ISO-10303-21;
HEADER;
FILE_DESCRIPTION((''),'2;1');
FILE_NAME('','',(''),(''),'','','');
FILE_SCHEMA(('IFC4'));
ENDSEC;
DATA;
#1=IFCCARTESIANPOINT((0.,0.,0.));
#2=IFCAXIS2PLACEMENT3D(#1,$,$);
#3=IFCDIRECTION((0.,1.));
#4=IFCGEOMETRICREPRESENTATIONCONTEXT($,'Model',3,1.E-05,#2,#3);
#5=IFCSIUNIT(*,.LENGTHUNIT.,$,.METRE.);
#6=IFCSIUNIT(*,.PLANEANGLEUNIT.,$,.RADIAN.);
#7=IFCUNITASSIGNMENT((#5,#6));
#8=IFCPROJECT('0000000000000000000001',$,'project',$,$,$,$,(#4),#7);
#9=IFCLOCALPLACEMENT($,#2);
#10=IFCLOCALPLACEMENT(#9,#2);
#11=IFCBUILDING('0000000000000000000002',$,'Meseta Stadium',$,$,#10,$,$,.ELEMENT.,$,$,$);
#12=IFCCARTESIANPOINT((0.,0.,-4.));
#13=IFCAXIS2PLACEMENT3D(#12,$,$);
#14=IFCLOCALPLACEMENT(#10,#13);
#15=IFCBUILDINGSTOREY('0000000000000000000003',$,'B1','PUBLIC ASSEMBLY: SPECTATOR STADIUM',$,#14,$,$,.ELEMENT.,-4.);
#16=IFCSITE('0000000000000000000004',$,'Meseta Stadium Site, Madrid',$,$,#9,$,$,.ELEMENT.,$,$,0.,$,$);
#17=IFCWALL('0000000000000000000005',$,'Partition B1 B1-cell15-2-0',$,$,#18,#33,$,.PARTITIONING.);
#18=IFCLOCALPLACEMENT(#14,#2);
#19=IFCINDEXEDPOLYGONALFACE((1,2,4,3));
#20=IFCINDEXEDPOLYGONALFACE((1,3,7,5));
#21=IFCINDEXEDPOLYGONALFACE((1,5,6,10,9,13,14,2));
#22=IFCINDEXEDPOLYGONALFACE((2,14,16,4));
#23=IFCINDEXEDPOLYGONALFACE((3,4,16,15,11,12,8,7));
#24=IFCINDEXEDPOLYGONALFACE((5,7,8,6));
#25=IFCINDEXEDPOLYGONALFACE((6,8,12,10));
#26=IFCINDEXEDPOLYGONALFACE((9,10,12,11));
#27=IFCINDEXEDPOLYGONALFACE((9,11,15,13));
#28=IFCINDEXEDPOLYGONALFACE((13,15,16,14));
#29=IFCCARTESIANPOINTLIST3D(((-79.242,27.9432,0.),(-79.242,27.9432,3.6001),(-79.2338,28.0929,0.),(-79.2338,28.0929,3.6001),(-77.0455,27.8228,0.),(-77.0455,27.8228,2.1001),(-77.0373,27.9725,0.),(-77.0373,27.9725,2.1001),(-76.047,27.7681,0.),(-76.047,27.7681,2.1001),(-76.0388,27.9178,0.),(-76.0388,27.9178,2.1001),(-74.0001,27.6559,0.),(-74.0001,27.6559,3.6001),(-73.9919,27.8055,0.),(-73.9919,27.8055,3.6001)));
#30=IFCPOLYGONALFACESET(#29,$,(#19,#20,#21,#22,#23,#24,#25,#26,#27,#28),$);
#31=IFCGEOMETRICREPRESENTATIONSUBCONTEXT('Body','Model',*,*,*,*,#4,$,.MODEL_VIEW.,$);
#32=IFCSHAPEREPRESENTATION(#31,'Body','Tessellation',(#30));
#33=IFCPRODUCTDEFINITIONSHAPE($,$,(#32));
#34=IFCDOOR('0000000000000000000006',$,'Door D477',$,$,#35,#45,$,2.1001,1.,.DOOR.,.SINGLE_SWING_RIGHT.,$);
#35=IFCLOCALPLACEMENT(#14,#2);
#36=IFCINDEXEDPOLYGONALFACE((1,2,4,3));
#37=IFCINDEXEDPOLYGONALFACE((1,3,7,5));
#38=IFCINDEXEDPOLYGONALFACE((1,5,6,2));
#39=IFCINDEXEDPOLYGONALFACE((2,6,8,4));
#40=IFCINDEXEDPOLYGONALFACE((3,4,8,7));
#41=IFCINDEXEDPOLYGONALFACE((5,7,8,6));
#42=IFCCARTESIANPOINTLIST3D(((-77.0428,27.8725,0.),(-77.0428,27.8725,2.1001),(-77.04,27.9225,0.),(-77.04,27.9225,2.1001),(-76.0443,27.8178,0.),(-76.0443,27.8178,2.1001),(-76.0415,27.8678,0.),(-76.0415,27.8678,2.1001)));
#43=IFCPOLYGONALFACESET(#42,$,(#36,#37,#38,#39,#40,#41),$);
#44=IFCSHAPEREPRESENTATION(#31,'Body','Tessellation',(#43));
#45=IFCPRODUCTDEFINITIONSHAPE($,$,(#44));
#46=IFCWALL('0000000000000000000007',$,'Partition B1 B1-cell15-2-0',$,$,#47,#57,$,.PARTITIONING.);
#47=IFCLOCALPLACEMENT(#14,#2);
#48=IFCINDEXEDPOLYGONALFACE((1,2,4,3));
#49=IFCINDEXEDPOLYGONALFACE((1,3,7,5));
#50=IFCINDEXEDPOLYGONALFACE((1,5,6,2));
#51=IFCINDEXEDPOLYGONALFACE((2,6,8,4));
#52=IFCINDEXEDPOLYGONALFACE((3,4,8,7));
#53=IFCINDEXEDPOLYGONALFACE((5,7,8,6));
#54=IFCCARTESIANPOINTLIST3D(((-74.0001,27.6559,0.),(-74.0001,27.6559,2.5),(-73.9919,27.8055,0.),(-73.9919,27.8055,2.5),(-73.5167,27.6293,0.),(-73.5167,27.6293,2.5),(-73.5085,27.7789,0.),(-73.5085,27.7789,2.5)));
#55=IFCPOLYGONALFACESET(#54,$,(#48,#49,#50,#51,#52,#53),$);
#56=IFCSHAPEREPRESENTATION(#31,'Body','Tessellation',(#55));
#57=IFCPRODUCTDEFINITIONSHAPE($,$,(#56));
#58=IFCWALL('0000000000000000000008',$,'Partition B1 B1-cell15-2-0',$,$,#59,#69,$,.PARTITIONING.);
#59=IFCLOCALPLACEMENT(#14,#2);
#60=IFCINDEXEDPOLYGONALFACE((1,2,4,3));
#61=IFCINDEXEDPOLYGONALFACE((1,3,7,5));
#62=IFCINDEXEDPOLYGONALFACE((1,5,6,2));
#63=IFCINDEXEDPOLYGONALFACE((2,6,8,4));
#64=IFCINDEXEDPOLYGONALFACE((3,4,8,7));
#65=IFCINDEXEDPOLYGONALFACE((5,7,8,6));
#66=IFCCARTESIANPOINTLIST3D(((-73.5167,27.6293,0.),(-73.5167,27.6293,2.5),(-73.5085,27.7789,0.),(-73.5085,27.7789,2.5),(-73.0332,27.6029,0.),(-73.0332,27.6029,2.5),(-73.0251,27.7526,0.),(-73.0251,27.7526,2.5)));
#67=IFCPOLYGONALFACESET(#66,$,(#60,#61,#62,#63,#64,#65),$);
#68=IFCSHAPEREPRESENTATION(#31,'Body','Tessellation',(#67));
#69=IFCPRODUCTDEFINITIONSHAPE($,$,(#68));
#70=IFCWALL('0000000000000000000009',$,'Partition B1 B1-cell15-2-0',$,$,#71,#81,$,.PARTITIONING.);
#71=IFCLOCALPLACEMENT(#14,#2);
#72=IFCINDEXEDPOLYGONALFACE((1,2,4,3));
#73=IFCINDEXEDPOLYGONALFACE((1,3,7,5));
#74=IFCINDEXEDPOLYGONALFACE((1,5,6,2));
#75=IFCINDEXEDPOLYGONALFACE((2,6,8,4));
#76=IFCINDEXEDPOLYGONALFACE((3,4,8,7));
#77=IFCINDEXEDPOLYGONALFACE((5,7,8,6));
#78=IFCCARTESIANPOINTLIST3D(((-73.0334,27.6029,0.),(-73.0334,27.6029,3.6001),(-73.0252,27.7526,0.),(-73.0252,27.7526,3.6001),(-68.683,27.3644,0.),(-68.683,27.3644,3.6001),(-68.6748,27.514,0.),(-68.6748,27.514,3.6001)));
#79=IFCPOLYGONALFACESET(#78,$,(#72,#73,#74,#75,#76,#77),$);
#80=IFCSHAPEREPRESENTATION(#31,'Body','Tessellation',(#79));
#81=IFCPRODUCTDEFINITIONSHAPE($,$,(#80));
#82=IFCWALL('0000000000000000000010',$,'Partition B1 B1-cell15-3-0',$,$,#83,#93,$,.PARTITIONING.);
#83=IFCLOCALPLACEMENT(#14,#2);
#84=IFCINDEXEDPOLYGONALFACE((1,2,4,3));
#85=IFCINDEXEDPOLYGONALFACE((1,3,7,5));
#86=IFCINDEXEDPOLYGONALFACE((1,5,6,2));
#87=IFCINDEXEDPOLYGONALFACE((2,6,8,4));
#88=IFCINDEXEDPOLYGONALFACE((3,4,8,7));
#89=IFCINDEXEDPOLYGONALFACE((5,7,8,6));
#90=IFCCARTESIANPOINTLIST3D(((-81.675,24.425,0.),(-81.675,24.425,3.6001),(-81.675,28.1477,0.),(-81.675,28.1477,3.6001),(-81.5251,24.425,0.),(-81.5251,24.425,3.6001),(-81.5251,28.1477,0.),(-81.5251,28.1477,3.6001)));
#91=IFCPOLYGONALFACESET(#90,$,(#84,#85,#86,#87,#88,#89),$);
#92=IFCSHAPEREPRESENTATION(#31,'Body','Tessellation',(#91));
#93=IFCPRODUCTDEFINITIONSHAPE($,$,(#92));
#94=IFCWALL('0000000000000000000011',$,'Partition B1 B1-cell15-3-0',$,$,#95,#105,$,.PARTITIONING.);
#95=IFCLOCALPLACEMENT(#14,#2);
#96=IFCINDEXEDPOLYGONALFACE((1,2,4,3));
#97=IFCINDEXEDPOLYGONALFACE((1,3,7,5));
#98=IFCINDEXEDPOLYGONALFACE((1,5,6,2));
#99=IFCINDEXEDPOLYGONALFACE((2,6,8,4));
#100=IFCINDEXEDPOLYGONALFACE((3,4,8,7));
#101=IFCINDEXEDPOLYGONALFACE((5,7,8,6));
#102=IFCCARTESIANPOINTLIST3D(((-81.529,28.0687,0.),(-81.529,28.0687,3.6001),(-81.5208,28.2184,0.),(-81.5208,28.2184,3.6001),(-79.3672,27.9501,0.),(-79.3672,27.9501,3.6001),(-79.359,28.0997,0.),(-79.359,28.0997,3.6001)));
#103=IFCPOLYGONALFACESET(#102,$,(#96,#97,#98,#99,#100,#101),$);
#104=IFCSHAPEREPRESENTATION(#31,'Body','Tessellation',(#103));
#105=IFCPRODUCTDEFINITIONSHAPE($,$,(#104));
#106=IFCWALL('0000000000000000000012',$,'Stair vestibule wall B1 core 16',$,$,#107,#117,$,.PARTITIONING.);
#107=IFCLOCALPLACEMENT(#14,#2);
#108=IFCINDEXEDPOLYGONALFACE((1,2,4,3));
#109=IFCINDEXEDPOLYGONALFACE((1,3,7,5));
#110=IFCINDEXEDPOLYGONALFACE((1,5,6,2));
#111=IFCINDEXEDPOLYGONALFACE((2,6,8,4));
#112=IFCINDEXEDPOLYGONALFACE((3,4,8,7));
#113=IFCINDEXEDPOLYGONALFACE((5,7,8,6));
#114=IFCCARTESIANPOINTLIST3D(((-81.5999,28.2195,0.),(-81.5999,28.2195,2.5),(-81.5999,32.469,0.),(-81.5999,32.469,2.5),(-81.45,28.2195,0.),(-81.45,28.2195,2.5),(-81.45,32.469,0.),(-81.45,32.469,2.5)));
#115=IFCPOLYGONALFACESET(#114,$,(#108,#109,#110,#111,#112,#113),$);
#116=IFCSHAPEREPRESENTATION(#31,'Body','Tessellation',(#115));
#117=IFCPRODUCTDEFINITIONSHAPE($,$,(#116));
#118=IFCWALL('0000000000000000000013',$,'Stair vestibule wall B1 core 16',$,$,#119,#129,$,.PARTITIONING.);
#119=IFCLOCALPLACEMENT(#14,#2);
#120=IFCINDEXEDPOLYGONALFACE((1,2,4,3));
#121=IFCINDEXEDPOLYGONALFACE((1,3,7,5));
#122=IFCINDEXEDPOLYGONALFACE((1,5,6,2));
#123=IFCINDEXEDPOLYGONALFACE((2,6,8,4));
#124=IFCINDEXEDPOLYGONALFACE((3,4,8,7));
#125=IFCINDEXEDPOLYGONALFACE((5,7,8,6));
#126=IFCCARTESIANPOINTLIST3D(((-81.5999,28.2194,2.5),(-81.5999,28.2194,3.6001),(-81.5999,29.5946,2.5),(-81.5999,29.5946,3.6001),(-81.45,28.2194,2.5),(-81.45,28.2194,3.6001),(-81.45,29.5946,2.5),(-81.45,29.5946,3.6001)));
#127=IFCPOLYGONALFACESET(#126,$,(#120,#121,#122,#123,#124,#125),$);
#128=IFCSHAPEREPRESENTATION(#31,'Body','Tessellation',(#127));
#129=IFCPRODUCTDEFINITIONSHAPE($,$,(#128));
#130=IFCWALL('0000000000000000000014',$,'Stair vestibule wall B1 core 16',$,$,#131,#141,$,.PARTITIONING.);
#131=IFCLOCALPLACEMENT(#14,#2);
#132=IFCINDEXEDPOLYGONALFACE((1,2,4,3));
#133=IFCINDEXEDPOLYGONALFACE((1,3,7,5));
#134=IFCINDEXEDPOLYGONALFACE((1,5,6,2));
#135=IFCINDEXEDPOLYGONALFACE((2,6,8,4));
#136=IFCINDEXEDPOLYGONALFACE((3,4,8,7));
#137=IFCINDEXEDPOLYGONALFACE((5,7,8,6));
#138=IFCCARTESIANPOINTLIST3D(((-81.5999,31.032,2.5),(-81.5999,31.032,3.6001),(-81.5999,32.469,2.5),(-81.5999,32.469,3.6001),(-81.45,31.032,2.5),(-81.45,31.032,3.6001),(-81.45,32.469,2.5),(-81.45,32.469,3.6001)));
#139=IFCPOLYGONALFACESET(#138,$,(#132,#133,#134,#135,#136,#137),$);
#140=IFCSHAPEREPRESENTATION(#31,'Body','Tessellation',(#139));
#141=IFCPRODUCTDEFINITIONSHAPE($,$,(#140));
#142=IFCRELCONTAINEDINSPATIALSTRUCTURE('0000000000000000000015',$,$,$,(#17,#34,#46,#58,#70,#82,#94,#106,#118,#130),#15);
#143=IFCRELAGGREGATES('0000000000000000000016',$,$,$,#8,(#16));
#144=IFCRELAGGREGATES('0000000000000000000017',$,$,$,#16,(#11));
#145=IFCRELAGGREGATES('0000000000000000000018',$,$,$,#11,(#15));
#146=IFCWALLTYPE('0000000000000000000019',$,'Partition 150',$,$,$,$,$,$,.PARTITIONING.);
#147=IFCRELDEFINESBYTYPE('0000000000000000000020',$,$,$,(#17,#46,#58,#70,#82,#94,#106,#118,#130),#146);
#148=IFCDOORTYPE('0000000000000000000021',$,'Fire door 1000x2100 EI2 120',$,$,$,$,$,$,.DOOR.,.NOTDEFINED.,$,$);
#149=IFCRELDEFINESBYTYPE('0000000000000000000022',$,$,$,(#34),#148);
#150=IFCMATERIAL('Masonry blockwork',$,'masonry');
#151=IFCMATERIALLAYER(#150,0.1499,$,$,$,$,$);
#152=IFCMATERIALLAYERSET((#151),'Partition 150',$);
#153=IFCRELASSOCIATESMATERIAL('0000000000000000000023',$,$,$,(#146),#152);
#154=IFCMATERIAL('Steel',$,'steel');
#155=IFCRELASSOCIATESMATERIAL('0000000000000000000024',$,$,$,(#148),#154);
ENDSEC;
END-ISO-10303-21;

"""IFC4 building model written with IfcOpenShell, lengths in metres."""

from ifc_helpers import new_model, si_unit, direction, frame, frame_2d, origin, place, context, subcontext, project, spatial, rectangle, extrude, material, layer, layer_set, type_object, element, fill, save


model = new_model("IFC4")

# Units and contexts
model_context = context("Model", 3, precision=1e-05, world=origin(), true_north=direction((0.0, 1.0)))
body_context = subcontext(model_context, "Body", "Model", "MODEL_VIEW")
ifc_project = project(units=[si_unit("LENGTHUNIT", "METRE"), si_unit("PLANEANGLEUNIT", "RADIAN")], contexts=[model_context])

# Site, building, storey
site_placement = place(None, origin())
site = spatial("IfcSite", under=ifc_project, at=site_placement, Name="Meseta Stadium Site, Madrid", CompositionType="ELEMENT", RefElevation=0.0)
building_placement = place(site_placement, origin())
building = spatial("IfcBuilding", under=site, at=building_placement, Name="Meseta Stadium", CompositionType="ELEMENT")
storey_placement = place(building_placement, frame((0.0, 0.0, -4.0)))
storey = spatial("IfcBuildingStorey", under=building, at=storey_placement, Name="B1", Description="PUBLIC ASSEMBLY: SPECTATOR STADIUM", CompositionType="ELEMENT", Elevation=-4.0)

# Shared definitions
ifc_material_1 = material(Name="Masonry blockwork", Category="masonry")
ifc_layer = layer(ifc_material_1, 0.1499)
ifc_layer_set = layer_set([ifc_layer], Name="Partition 150")
wall_type = type_object("IfcWallType", Name="Partition 150", PredefinedType="PARTITIONING", material=ifc_layer_set)

# Wall, opening, door
wall_1_placement = place(storey_placement, frame((-79.238, 28.0181, 0.0), z_axis=(0.0, 0.0, 1.0), x_axis=(0.998501, -0.054736, 0.0)))
wall_1 = element("IfcWall", 1, at=wall_1_placement, inside=storey, type_object=wall_type, Name="Partition B1 B1-cell15-2-0", PredefinedType="PARTITIONING", context=body_context, shape_type="SweptSolid", body=[
    extrude(rectangle(XDim=5.2498, YDim=0.1499, at=frame_2d((2.625, 0.0))), origin(), (0.0, 0.0, 1.0), 3.6001),
])
opening_placement = place(wall_1_placement, frame((2.2, 0.0, 0.0)))
opening = element("IfcOpeningElement", 2, at=opening_placement, cuts=wall_1, PredefinedType="OPENING", context=body_context, shape_type="SweptSolid", body=[
    extrude(rectangle(XDim=1.0, YDim=2.1001, at=frame_2d((0.5, 1.05))), frame((0.0, 0.085, 0.0), z_axis=(0.0, -1.0, 0.0), x_axis=(1.0, 0.0, 0.0)), (0.0, 0.0, 1.0), 0.1699),
])
ifc_material_2 = material(Name="Steel", Category="steel")
door_type = type_object("IfcDoorType", Name="Fire door 1000x2100 EI2 120", OperationType="NOTDEFINED", PredefinedType="DOOR", material=ifc_material_2)
door_placement = place(opening_placement, origin())
door = element("IfcDoor", 3, at=door_placement, inside=storey, type_object=door_type, Name="Door D477", OperationType="SINGLE_SWING_RIGHT", OverallHeight=2.1001, OverallWidth=1.0, PredefinedType="DOOR", context=body_context, shape_type="SweptSolid", body=[
    extrude(rectangle(XDim=1.0, YDim=2.1001, at=frame_2d((0.5, 1.05))), frame((0.0, 0.0249, 0.0), z_axis=(0.0, -1.0, 0.0), x_axis=(1.0, 0.0, 0.0)), (0.0, 0.0, 1.0), 0.05),
])
fill(opening, door)

# Walls
for number, where, z_axis, x_axis, name in (
    (4, (-73.9961, 27.7307, 0.0), (0.0, 0.0, 1.0), (0.998488, -0.054967, 0.0), "Partition B1 B1-cell15-2-0"),
    (5, (-73.5127, 27.7041, 0.0), (0.0, 0.0, 1.0), (0.998516, -0.054464, 0.0), "Partition B1 B1-cell15-2-0"),
):
    element("IfcWall", number, at=place(storey_placement, frame(where, z_axis=z_axis, x_axis=x_axis)), inside=storey, type_object=wall_type, Name=name, PredefinedType="PARTITIONING", context=body_context, shape_type="SweptSolid", body=[
        extrude(rectangle(XDim=0.4841, YDim=0.1499, at=frame_2d((0.2422, 0.0))), origin(), (0.0, 0.0, 1.0), 2.5),
    ])
wall_2_placement = place(storey_placement, frame((-73.0293, 27.6777, 0.0), z_axis=(0.0, 0.0, 1.0), x_axis=(0.9985, -0.054747, 0.0)))
element("IfcWall", 6, at=wall_2_placement, inside=storey, type_object=wall_type, Name="Partition B1 B1-cell15-2-0", PredefinedType="PARTITIONING", context=body_context, shape_type="SweptSolid", body=[
    extrude(rectangle(XDim=4.3569, YDim=0.1499, at=frame_2d((2.1785, 0.0))), origin(), (0.0, 0.0, 1.0), 3.6001),
])
wall_3_placement = place(storey_placement, frame((-81.6001, 24.425, 0.0), z_axis=(0.0, 0.0, 1.0), x_axis=(0.0, 1.0, 0.0)))
element("IfcWall", 7, at=wall_3_placement, inside=storey, type_object=wall_type, Name="Partition B1 B1-cell15-3-0", PredefinedType="PARTITIONING", context=body_context, shape_type="SweptSolid", body=[
    extrude(rectangle(XDim=3.7227, YDim=0.1499, at=frame_2d((1.8613, 0.0))), origin(), (0.0, 0.0, 1.0), 3.6001),
])
wall_4_placement = place(storey_placement, frame((-81.5249, 28.1436, 0.0), z_axis=(0.0, 0.0, 1.0), x_axis=(0.998497, -0.054802, 0.0)))
element("IfcWall", 8, at=wall_4_placement, inside=storey, type_object=wall_type, Name="Partition B1 B1-cell15-3-0", PredefinedType="PARTITIONING", context=body_context, shape_type="SweptSolid", body=[
    extrude(rectangle(XDim=2.165, YDim=0.1499, at=frame_2d((1.0825, 0.0))), origin(), (0.0, 0.0, 1.0), 3.6001),
])
wall_5_placement = place(storey_placement, frame((-81.5249, 28.2195, 0.0), z_axis=(0.0, 0.0, 1.0), x_axis=(0.0, 1.0, 0.0)))
element("IfcWall", 9, at=wall_5_placement, inside=storey, type_object=wall_type, Name="Stair vestibule wall B1 core 16", PredefinedType="PARTITIONING", context=body_context, shape_type="SweptSolid", body=[
    extrude(rectangle(XDim=4.2495, YDim=0.1499, at=frame_2d((2.1248, 0.0))), origin(), (0.0, 0.0, 1.0), 2.5),
])
wall_6_placement = place(storey_placement, frame((-81.5249, 28.2195, 2.5), z_axis=(0.0, 0.0, 1.0), x_axis=(0.0, 1.0, 0.0)))
element("IfcWall", 10, at=wall_6_placement, inside=storey, type_object=wall_type, Name="Stair vestibule wall B1 core 16", PredefinedType="PARTITIONING", context=body_context, shape_type="SweptSolid", body=[
    extrude(rectangle(XDim=1.3752, YDim=0.1499, at=frame_2d((0.6875, 0.0))), origin(), (0.0, 0.0, 1.0), 1.1001),
])
wall_7_placement = place(storey_placement, frame((-81.5249, 31.032, 2.5), z_axis=(0.0, 0.0, 1.0), x_axis=(0.0, 1.0, 0.0)))
element("IfcWall", 11, at=wall_7_placement, inside=storey, type_object=wall_type, Name="Stair vestibule wall B1 core 16", PredefinedType="PARTITIONING", context=body_context, shape_type="SweptSolid", body=[
    extrude(rectangle(XDim=1.437, YDim=0.1499, at=frame_2d((0.7185, 0.0))), origin(), (0.0, 0.0, 1.0), 1.1001),
])

save(model, "model.ifc")
